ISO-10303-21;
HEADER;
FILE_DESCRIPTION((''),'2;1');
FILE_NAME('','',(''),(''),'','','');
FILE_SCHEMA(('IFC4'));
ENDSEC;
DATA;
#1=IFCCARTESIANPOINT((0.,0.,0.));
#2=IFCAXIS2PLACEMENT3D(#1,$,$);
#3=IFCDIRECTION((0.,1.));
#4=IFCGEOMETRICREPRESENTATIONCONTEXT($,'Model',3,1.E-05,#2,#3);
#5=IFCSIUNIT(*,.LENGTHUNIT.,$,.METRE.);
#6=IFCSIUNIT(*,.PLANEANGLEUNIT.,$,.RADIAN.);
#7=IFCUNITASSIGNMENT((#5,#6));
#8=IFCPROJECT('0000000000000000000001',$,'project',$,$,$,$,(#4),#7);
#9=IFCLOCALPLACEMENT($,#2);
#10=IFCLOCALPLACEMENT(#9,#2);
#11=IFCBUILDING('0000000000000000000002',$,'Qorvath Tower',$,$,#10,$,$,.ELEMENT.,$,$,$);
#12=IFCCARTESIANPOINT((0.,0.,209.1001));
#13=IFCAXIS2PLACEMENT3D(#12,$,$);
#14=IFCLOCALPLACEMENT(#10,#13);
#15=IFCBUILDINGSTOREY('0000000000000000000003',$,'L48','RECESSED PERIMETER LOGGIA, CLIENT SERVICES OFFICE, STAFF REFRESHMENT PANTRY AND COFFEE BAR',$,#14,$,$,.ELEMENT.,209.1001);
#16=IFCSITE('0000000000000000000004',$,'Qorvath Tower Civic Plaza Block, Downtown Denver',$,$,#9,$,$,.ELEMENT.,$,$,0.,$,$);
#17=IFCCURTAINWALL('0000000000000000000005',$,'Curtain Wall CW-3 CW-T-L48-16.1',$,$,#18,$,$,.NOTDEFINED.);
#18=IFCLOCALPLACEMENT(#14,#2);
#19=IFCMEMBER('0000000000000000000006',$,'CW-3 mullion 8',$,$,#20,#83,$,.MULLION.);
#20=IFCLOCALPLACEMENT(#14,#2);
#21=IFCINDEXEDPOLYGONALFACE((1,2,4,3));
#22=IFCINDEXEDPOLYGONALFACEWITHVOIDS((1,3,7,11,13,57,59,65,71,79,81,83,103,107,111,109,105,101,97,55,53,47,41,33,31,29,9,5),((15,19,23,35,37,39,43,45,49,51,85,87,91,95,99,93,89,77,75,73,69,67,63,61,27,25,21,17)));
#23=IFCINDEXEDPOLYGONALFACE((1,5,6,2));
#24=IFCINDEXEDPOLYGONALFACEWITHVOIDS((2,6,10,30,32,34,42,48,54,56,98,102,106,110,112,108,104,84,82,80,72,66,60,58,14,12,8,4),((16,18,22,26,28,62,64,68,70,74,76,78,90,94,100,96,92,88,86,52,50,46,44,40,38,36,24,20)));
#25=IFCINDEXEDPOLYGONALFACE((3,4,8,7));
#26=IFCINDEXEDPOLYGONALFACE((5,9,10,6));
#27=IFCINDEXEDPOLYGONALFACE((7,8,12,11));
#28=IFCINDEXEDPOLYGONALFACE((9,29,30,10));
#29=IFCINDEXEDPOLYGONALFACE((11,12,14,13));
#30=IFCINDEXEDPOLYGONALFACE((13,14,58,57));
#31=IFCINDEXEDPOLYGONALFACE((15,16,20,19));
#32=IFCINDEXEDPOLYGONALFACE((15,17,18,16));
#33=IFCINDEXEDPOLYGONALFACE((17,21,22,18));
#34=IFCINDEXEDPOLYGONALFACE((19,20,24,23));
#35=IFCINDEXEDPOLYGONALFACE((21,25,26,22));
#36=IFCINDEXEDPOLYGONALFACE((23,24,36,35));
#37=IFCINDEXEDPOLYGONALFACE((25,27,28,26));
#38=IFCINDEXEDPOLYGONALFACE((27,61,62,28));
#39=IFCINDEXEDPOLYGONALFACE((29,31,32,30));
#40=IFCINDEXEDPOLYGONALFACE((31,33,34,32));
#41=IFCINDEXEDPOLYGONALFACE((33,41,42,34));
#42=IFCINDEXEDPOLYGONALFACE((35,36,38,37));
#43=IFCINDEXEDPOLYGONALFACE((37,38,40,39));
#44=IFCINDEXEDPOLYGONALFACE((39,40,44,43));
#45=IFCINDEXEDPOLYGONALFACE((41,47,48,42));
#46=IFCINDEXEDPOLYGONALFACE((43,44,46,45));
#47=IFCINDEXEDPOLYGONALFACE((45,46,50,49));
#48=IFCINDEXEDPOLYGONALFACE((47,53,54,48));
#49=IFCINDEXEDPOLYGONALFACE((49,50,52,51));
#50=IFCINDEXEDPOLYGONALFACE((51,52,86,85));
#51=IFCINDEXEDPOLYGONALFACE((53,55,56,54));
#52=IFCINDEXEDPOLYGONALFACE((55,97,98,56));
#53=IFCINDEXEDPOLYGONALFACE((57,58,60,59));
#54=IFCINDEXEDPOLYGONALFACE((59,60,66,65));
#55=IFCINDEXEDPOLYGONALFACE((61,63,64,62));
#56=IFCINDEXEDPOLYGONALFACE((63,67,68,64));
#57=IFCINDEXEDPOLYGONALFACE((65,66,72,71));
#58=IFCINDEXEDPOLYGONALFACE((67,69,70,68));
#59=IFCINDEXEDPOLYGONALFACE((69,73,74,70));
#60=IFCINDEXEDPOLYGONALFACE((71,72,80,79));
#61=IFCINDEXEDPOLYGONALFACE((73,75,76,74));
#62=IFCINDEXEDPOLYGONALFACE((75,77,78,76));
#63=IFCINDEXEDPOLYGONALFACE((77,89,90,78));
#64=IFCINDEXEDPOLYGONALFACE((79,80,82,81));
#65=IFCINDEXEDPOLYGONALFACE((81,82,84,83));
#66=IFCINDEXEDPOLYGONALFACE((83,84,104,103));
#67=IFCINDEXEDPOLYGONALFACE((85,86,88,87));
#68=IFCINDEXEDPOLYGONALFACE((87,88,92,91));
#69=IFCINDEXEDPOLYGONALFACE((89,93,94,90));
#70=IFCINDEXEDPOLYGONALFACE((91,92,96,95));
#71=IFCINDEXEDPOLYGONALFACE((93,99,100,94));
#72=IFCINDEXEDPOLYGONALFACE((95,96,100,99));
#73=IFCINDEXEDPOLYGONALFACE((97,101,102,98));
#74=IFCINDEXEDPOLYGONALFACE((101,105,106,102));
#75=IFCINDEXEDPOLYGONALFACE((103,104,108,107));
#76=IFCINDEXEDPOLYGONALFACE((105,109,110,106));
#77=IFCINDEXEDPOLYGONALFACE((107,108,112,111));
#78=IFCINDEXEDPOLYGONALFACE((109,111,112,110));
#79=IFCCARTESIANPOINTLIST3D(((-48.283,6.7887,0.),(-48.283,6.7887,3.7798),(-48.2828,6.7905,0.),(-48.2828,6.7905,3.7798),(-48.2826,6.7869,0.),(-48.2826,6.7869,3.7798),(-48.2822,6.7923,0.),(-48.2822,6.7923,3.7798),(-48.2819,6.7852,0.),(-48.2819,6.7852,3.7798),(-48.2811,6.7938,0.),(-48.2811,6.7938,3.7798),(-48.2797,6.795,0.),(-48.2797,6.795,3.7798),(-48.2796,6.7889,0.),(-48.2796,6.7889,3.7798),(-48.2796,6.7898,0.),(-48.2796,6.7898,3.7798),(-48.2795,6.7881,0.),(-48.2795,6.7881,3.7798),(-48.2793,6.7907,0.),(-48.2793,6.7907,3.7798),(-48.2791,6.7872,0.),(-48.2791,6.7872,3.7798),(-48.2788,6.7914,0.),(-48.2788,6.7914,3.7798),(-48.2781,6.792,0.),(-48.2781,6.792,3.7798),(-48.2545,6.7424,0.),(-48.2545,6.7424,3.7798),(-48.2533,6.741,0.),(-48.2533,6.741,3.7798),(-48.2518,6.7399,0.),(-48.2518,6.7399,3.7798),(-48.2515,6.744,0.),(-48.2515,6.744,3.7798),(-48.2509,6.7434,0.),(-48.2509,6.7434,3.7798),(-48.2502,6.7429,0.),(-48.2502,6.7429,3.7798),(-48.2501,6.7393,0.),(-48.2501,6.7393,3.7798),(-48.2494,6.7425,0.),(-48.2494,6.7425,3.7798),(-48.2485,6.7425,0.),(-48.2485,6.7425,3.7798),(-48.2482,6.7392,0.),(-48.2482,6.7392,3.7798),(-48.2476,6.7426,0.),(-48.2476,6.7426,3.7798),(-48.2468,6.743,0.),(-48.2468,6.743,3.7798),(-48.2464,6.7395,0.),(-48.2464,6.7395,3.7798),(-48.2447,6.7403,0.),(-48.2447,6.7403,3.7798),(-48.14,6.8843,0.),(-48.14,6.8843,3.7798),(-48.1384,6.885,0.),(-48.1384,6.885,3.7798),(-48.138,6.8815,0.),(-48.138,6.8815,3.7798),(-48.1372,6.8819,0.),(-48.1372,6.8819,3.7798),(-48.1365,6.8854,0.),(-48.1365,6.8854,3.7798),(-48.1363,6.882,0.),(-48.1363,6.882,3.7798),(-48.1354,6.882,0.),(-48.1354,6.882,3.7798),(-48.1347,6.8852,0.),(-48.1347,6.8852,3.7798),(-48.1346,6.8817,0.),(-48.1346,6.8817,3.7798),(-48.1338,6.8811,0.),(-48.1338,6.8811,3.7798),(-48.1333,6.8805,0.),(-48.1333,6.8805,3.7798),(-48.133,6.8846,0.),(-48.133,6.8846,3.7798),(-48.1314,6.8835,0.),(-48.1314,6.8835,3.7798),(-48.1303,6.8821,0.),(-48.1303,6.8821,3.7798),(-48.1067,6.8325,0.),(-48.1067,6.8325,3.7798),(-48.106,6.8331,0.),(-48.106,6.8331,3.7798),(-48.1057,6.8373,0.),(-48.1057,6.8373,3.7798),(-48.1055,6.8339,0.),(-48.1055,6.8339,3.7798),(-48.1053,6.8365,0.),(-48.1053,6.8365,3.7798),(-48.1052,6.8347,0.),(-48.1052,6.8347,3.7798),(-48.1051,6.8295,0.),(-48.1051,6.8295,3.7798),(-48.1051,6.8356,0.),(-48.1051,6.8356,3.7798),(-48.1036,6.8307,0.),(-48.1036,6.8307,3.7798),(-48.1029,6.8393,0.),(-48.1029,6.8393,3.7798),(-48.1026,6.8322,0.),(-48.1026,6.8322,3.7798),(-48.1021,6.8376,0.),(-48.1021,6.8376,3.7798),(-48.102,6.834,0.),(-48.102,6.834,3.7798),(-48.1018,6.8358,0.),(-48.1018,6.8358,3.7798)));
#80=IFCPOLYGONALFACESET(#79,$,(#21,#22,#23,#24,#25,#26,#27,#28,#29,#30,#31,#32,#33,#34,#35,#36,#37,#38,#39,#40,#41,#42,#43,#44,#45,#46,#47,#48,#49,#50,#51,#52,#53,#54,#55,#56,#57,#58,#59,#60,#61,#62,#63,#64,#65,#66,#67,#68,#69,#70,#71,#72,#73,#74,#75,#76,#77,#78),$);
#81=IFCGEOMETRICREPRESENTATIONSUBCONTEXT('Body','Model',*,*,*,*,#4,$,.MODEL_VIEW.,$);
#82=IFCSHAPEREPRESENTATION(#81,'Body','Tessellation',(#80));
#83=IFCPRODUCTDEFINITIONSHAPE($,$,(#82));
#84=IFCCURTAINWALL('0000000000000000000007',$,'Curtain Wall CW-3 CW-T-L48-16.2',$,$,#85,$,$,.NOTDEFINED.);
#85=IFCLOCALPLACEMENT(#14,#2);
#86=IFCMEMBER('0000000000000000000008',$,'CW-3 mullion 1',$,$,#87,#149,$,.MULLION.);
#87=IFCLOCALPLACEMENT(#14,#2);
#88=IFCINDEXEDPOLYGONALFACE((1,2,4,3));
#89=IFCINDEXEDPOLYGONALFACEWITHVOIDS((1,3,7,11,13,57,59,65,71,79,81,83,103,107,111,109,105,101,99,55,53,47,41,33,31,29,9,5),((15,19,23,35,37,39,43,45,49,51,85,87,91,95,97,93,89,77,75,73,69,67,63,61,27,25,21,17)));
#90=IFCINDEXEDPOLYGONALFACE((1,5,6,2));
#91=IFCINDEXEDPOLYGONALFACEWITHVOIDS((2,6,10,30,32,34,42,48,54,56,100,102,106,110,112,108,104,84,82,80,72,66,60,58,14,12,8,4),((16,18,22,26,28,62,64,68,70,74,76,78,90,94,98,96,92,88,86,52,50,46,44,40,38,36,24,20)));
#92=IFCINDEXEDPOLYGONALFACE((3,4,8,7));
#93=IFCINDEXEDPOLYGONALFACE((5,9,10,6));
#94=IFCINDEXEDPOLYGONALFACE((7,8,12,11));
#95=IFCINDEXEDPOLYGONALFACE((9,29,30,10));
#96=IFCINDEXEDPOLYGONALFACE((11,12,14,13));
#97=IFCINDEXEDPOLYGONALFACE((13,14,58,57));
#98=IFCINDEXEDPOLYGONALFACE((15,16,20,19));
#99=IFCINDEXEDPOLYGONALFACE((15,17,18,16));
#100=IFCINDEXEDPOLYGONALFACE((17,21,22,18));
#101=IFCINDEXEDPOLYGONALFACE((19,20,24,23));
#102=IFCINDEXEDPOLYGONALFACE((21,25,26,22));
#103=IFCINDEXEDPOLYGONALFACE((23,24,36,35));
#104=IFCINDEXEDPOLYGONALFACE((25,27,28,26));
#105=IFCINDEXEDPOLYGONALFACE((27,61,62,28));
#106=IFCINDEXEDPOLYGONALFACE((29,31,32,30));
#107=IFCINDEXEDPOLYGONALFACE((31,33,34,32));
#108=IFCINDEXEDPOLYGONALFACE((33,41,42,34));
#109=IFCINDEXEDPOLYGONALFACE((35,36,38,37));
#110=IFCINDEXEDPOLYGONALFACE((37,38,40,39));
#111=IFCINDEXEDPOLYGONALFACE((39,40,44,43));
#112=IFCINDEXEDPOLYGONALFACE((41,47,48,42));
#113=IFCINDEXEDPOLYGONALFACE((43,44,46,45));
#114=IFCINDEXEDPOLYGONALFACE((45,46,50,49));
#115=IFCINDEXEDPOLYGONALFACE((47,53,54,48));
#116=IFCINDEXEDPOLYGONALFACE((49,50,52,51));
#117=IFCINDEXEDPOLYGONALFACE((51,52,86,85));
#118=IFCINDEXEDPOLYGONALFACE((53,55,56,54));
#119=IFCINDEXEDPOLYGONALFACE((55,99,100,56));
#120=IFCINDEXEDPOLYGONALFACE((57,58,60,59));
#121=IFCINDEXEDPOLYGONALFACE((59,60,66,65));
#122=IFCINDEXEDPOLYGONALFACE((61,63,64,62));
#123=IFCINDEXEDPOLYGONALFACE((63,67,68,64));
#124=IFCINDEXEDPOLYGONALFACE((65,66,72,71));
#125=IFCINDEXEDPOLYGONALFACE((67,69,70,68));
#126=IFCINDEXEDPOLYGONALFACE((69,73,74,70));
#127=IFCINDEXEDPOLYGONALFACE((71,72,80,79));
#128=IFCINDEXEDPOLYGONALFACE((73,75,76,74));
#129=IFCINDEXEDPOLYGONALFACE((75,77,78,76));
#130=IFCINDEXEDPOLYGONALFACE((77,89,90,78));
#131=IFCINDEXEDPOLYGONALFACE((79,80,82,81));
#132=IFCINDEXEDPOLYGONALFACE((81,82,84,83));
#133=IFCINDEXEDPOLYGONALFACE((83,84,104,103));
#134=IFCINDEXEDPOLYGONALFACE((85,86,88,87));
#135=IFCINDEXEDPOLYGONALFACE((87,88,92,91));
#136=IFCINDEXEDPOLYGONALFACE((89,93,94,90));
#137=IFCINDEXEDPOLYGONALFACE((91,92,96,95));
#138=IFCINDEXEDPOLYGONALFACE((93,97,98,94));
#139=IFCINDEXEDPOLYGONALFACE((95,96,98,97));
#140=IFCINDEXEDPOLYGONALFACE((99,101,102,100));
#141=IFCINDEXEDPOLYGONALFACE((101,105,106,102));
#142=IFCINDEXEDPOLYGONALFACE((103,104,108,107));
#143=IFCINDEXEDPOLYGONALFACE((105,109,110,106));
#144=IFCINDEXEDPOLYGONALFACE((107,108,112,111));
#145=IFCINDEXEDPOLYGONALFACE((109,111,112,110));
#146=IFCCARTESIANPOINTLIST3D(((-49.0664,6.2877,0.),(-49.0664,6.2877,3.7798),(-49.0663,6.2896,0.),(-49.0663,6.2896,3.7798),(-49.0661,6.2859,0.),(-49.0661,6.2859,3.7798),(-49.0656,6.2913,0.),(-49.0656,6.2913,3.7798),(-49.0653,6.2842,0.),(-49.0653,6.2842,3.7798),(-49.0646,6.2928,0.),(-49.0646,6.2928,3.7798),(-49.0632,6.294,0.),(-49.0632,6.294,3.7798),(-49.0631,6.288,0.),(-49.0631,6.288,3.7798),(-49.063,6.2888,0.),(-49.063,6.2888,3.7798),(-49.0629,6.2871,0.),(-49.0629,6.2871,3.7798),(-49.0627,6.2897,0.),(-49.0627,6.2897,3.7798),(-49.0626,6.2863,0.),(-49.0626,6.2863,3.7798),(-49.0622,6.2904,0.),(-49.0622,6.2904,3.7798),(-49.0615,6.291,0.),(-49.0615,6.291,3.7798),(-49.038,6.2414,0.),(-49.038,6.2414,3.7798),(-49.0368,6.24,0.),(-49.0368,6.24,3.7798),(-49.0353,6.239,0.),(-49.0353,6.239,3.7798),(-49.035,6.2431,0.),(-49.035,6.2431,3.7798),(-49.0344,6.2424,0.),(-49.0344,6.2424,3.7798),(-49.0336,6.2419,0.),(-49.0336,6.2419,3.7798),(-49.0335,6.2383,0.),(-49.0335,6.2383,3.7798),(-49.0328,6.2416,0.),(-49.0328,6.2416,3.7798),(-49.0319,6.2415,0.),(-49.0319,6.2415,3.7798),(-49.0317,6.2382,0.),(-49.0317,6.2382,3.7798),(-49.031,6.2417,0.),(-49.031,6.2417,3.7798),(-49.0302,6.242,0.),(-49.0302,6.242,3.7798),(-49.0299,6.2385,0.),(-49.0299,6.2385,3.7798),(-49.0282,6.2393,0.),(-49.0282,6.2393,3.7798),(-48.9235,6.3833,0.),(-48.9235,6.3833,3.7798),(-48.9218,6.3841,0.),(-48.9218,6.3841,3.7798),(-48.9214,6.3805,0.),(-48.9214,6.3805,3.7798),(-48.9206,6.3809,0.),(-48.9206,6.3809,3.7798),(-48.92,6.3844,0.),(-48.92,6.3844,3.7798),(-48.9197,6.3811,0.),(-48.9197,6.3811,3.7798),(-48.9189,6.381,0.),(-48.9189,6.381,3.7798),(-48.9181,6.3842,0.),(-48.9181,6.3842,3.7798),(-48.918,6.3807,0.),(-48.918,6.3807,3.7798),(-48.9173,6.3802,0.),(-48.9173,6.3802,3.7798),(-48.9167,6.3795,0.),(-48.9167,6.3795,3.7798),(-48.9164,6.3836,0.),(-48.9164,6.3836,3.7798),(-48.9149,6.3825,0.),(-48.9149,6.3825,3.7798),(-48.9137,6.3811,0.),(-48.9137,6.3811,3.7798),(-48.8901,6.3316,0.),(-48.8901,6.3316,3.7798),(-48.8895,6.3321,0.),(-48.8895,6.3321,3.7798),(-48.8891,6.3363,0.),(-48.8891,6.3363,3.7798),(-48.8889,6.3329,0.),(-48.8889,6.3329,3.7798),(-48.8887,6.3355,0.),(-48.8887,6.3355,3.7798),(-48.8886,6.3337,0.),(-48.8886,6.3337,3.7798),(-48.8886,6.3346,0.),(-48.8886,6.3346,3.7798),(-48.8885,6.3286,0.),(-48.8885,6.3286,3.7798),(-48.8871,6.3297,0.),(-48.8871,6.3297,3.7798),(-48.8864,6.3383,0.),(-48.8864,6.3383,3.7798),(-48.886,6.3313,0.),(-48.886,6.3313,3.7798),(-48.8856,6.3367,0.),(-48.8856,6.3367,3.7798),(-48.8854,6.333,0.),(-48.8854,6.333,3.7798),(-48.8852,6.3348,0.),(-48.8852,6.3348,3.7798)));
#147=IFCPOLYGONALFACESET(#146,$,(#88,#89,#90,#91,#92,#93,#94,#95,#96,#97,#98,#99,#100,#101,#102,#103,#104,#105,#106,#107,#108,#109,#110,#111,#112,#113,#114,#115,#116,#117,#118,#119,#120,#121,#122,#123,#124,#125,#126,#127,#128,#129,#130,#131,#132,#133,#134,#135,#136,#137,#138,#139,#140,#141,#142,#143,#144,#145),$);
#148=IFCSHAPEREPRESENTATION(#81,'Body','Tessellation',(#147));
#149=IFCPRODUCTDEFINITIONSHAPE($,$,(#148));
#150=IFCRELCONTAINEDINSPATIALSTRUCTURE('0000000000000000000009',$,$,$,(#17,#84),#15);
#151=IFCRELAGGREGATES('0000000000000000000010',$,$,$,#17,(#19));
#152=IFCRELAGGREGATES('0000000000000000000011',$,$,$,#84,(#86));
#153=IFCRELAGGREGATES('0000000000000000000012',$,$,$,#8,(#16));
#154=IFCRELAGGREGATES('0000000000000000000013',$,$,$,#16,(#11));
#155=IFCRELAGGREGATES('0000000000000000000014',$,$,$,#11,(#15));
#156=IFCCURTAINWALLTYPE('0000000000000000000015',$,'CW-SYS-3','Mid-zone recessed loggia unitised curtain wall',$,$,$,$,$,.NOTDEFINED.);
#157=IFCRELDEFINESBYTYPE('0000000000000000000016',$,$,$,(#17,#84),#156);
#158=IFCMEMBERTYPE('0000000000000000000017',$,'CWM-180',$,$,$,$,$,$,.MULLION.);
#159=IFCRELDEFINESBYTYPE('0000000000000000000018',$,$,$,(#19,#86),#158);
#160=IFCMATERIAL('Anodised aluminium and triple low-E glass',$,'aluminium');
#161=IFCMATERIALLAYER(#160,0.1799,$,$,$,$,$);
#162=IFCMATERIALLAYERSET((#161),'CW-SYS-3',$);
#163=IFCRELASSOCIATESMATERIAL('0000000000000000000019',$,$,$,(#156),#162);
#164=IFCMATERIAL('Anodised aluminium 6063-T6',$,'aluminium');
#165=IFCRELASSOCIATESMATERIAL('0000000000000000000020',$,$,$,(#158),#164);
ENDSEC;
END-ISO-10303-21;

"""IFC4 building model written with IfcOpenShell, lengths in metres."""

from ifc_helpers import new_model, si_unit, direction, frame, origin, origin_2d, place, context, subcontext, project, spatial, hollow_rectangle, extrude, material, layer, layer_set, material_profile, profile_set, type_object, element, aggregate, save


model = new_model("IFC4")

# Units and contexts
model_context = context("Model", 3, precision=1e-05, world=origin(), true_north=direction((0.0, 1.0)))
body_context = subcontext(model_context, "Body", "Model", "MODEL_VIEW")
ifc_project = project(units=[si_unit("LENGTHUNIT", "METRE"), si_unit("PLANEANGLEUNIT", "RADIAN")], contexts=[model_context])

# Site, building, storey
site_placement = place(None, origin())
site = spatial("IfcSite", under=ifc_project, at=site_placement, Name="Qorvath Tower Civic Plaza Block, Downtown Denver", CompositionType="ELEMENT", RefElevation=0.0)
building_placement = place(site_placement, origin())
building = spatial("IfcBuilding", under=site, at=building_placement, Name="Qorvath Tower", CompositionType="ELEMENT")
storey_placement = place(building_placement, frame((0.0, 0.0, 209.1001)))
storey = spatial("IfcBuildingStorey", under=building, at=storey_placement, Name="L48", Description="RECESSED PERIMETER LOGGIA, CLIENT SERVICES OFFICE, STAFF REFRESHMENT PANTRY AND COFFEE BAR", CompositionType="ELEMENT", Elevation=209.1001)

# Curtain walls, members
ifc_material_1 = material(Name="Anodised aluminium and triple low-E glass", Category="aluminium")
ifc_layer_1 = layer(ifc_material_1, 0.1799)
ifc_layer_set_1 = layer_set([ifc_layer_1], Name="CW-SYS-3")
curtain_wall_type = type_object("IfcCurtainWallType", Name="CW-SYS-3", Description="Mid-zone recessed loggia unitised curtain wall", PredefinedType="NOTDEFINED", material=ifc_layer_set_1)
curtain_wall_1_placement = place(storey_placement, origin())
curtain_wall_1 = element("IfcCurtainWall", 1, at=curtain_wall_1_placement, inside=storey, type_object=curtain_wall_type, Name="Curtain Wall CW-3 CW-T-L48-16.1", PredefinedType="NOTDEFINED")
ifc_material_2 = material(Name="Anodised aluminium 6063-T6", Category="aluminium")
ifc_material_profile_1 = material_profile(ifc_material_2, hollow_rectangle(XDim=0.0649, YDim=0.1799, WallThickness=0.0034, InnerFilletRadius=0.0034, OuterFilletRadius=0.0071, at=origin_2d()), Name="CWM 180x65")
ifc_profile_set_1 = profile_set([ifc_material_profile_1], Name="Anodised aluminium 6063-T6")
member_type_1 = type_object("IfcMemberType", Name="CWM-180", PredefinedType="MULLION", material=ifc_profile_set_1)
member_1_placement = place(storey_placement, frame((-48.1924, 6.8123, 0.0), z_axis=(0.0, 0.0, 1.0), x_axis=(0.538532, -0.842605, 0.0)))
member_1 = element("IfcMember", 2, at=member_1_placement, type_object=member_type_1, Name="CW-3 mullion 8", PredefinedType="MULLION", context=body_context, shape_type="SweptSolid", body=[
    extrude(hollow_rectangle(XDim=0.0649, YDim=0.1799, WallThickness=0.0034, InnerFilletRadius=0.0034, OuterFilletRadius=0.0071, at=origin_2d()), origin(), (0.0, 0.0, 1.0), 3.7798),
])
curtain_wall_2_placement = place(storey_placement, origin())
curtain_wall_2 = element("IfcCurtainWall", 3, at=curtain_wall_2_placement, inside=storey, type_object=curtain_wall_type, Name="Curtain Wall CW-3 CW-T-L48-16.2", PredefinedType="NOTDEFINED")
member_2_placement = place(storey_placement, frame((-48.9758, 6.3113, 0.0), z_axis=(0.0, 0.0, 1.0), x_axis=(0.538537, -0.842602, 0.0)))
member_2 = element("IfcMember", 4, at=member_2_placement, type_object=member_type_1, Name="CW-3 mullion 1", PredefinedType="MULLION", context=body_context, shape_type="SweptSolid", body=[
    extrude(hollow_rectangle(XDim=0.0649, YDim=0.1799, WallThickness=0.0034, InnerFilletRadius=0.0034, OuterFilletRadius=0.0071, at=origin_2d()), origin(), (0.0, 0.0, 1.0), 3.7798),
])

aggregate(curtain_wall_1, [member_1])
aggregate(curtain_wall_2, [member_2])

save(model, "model.ifc")
